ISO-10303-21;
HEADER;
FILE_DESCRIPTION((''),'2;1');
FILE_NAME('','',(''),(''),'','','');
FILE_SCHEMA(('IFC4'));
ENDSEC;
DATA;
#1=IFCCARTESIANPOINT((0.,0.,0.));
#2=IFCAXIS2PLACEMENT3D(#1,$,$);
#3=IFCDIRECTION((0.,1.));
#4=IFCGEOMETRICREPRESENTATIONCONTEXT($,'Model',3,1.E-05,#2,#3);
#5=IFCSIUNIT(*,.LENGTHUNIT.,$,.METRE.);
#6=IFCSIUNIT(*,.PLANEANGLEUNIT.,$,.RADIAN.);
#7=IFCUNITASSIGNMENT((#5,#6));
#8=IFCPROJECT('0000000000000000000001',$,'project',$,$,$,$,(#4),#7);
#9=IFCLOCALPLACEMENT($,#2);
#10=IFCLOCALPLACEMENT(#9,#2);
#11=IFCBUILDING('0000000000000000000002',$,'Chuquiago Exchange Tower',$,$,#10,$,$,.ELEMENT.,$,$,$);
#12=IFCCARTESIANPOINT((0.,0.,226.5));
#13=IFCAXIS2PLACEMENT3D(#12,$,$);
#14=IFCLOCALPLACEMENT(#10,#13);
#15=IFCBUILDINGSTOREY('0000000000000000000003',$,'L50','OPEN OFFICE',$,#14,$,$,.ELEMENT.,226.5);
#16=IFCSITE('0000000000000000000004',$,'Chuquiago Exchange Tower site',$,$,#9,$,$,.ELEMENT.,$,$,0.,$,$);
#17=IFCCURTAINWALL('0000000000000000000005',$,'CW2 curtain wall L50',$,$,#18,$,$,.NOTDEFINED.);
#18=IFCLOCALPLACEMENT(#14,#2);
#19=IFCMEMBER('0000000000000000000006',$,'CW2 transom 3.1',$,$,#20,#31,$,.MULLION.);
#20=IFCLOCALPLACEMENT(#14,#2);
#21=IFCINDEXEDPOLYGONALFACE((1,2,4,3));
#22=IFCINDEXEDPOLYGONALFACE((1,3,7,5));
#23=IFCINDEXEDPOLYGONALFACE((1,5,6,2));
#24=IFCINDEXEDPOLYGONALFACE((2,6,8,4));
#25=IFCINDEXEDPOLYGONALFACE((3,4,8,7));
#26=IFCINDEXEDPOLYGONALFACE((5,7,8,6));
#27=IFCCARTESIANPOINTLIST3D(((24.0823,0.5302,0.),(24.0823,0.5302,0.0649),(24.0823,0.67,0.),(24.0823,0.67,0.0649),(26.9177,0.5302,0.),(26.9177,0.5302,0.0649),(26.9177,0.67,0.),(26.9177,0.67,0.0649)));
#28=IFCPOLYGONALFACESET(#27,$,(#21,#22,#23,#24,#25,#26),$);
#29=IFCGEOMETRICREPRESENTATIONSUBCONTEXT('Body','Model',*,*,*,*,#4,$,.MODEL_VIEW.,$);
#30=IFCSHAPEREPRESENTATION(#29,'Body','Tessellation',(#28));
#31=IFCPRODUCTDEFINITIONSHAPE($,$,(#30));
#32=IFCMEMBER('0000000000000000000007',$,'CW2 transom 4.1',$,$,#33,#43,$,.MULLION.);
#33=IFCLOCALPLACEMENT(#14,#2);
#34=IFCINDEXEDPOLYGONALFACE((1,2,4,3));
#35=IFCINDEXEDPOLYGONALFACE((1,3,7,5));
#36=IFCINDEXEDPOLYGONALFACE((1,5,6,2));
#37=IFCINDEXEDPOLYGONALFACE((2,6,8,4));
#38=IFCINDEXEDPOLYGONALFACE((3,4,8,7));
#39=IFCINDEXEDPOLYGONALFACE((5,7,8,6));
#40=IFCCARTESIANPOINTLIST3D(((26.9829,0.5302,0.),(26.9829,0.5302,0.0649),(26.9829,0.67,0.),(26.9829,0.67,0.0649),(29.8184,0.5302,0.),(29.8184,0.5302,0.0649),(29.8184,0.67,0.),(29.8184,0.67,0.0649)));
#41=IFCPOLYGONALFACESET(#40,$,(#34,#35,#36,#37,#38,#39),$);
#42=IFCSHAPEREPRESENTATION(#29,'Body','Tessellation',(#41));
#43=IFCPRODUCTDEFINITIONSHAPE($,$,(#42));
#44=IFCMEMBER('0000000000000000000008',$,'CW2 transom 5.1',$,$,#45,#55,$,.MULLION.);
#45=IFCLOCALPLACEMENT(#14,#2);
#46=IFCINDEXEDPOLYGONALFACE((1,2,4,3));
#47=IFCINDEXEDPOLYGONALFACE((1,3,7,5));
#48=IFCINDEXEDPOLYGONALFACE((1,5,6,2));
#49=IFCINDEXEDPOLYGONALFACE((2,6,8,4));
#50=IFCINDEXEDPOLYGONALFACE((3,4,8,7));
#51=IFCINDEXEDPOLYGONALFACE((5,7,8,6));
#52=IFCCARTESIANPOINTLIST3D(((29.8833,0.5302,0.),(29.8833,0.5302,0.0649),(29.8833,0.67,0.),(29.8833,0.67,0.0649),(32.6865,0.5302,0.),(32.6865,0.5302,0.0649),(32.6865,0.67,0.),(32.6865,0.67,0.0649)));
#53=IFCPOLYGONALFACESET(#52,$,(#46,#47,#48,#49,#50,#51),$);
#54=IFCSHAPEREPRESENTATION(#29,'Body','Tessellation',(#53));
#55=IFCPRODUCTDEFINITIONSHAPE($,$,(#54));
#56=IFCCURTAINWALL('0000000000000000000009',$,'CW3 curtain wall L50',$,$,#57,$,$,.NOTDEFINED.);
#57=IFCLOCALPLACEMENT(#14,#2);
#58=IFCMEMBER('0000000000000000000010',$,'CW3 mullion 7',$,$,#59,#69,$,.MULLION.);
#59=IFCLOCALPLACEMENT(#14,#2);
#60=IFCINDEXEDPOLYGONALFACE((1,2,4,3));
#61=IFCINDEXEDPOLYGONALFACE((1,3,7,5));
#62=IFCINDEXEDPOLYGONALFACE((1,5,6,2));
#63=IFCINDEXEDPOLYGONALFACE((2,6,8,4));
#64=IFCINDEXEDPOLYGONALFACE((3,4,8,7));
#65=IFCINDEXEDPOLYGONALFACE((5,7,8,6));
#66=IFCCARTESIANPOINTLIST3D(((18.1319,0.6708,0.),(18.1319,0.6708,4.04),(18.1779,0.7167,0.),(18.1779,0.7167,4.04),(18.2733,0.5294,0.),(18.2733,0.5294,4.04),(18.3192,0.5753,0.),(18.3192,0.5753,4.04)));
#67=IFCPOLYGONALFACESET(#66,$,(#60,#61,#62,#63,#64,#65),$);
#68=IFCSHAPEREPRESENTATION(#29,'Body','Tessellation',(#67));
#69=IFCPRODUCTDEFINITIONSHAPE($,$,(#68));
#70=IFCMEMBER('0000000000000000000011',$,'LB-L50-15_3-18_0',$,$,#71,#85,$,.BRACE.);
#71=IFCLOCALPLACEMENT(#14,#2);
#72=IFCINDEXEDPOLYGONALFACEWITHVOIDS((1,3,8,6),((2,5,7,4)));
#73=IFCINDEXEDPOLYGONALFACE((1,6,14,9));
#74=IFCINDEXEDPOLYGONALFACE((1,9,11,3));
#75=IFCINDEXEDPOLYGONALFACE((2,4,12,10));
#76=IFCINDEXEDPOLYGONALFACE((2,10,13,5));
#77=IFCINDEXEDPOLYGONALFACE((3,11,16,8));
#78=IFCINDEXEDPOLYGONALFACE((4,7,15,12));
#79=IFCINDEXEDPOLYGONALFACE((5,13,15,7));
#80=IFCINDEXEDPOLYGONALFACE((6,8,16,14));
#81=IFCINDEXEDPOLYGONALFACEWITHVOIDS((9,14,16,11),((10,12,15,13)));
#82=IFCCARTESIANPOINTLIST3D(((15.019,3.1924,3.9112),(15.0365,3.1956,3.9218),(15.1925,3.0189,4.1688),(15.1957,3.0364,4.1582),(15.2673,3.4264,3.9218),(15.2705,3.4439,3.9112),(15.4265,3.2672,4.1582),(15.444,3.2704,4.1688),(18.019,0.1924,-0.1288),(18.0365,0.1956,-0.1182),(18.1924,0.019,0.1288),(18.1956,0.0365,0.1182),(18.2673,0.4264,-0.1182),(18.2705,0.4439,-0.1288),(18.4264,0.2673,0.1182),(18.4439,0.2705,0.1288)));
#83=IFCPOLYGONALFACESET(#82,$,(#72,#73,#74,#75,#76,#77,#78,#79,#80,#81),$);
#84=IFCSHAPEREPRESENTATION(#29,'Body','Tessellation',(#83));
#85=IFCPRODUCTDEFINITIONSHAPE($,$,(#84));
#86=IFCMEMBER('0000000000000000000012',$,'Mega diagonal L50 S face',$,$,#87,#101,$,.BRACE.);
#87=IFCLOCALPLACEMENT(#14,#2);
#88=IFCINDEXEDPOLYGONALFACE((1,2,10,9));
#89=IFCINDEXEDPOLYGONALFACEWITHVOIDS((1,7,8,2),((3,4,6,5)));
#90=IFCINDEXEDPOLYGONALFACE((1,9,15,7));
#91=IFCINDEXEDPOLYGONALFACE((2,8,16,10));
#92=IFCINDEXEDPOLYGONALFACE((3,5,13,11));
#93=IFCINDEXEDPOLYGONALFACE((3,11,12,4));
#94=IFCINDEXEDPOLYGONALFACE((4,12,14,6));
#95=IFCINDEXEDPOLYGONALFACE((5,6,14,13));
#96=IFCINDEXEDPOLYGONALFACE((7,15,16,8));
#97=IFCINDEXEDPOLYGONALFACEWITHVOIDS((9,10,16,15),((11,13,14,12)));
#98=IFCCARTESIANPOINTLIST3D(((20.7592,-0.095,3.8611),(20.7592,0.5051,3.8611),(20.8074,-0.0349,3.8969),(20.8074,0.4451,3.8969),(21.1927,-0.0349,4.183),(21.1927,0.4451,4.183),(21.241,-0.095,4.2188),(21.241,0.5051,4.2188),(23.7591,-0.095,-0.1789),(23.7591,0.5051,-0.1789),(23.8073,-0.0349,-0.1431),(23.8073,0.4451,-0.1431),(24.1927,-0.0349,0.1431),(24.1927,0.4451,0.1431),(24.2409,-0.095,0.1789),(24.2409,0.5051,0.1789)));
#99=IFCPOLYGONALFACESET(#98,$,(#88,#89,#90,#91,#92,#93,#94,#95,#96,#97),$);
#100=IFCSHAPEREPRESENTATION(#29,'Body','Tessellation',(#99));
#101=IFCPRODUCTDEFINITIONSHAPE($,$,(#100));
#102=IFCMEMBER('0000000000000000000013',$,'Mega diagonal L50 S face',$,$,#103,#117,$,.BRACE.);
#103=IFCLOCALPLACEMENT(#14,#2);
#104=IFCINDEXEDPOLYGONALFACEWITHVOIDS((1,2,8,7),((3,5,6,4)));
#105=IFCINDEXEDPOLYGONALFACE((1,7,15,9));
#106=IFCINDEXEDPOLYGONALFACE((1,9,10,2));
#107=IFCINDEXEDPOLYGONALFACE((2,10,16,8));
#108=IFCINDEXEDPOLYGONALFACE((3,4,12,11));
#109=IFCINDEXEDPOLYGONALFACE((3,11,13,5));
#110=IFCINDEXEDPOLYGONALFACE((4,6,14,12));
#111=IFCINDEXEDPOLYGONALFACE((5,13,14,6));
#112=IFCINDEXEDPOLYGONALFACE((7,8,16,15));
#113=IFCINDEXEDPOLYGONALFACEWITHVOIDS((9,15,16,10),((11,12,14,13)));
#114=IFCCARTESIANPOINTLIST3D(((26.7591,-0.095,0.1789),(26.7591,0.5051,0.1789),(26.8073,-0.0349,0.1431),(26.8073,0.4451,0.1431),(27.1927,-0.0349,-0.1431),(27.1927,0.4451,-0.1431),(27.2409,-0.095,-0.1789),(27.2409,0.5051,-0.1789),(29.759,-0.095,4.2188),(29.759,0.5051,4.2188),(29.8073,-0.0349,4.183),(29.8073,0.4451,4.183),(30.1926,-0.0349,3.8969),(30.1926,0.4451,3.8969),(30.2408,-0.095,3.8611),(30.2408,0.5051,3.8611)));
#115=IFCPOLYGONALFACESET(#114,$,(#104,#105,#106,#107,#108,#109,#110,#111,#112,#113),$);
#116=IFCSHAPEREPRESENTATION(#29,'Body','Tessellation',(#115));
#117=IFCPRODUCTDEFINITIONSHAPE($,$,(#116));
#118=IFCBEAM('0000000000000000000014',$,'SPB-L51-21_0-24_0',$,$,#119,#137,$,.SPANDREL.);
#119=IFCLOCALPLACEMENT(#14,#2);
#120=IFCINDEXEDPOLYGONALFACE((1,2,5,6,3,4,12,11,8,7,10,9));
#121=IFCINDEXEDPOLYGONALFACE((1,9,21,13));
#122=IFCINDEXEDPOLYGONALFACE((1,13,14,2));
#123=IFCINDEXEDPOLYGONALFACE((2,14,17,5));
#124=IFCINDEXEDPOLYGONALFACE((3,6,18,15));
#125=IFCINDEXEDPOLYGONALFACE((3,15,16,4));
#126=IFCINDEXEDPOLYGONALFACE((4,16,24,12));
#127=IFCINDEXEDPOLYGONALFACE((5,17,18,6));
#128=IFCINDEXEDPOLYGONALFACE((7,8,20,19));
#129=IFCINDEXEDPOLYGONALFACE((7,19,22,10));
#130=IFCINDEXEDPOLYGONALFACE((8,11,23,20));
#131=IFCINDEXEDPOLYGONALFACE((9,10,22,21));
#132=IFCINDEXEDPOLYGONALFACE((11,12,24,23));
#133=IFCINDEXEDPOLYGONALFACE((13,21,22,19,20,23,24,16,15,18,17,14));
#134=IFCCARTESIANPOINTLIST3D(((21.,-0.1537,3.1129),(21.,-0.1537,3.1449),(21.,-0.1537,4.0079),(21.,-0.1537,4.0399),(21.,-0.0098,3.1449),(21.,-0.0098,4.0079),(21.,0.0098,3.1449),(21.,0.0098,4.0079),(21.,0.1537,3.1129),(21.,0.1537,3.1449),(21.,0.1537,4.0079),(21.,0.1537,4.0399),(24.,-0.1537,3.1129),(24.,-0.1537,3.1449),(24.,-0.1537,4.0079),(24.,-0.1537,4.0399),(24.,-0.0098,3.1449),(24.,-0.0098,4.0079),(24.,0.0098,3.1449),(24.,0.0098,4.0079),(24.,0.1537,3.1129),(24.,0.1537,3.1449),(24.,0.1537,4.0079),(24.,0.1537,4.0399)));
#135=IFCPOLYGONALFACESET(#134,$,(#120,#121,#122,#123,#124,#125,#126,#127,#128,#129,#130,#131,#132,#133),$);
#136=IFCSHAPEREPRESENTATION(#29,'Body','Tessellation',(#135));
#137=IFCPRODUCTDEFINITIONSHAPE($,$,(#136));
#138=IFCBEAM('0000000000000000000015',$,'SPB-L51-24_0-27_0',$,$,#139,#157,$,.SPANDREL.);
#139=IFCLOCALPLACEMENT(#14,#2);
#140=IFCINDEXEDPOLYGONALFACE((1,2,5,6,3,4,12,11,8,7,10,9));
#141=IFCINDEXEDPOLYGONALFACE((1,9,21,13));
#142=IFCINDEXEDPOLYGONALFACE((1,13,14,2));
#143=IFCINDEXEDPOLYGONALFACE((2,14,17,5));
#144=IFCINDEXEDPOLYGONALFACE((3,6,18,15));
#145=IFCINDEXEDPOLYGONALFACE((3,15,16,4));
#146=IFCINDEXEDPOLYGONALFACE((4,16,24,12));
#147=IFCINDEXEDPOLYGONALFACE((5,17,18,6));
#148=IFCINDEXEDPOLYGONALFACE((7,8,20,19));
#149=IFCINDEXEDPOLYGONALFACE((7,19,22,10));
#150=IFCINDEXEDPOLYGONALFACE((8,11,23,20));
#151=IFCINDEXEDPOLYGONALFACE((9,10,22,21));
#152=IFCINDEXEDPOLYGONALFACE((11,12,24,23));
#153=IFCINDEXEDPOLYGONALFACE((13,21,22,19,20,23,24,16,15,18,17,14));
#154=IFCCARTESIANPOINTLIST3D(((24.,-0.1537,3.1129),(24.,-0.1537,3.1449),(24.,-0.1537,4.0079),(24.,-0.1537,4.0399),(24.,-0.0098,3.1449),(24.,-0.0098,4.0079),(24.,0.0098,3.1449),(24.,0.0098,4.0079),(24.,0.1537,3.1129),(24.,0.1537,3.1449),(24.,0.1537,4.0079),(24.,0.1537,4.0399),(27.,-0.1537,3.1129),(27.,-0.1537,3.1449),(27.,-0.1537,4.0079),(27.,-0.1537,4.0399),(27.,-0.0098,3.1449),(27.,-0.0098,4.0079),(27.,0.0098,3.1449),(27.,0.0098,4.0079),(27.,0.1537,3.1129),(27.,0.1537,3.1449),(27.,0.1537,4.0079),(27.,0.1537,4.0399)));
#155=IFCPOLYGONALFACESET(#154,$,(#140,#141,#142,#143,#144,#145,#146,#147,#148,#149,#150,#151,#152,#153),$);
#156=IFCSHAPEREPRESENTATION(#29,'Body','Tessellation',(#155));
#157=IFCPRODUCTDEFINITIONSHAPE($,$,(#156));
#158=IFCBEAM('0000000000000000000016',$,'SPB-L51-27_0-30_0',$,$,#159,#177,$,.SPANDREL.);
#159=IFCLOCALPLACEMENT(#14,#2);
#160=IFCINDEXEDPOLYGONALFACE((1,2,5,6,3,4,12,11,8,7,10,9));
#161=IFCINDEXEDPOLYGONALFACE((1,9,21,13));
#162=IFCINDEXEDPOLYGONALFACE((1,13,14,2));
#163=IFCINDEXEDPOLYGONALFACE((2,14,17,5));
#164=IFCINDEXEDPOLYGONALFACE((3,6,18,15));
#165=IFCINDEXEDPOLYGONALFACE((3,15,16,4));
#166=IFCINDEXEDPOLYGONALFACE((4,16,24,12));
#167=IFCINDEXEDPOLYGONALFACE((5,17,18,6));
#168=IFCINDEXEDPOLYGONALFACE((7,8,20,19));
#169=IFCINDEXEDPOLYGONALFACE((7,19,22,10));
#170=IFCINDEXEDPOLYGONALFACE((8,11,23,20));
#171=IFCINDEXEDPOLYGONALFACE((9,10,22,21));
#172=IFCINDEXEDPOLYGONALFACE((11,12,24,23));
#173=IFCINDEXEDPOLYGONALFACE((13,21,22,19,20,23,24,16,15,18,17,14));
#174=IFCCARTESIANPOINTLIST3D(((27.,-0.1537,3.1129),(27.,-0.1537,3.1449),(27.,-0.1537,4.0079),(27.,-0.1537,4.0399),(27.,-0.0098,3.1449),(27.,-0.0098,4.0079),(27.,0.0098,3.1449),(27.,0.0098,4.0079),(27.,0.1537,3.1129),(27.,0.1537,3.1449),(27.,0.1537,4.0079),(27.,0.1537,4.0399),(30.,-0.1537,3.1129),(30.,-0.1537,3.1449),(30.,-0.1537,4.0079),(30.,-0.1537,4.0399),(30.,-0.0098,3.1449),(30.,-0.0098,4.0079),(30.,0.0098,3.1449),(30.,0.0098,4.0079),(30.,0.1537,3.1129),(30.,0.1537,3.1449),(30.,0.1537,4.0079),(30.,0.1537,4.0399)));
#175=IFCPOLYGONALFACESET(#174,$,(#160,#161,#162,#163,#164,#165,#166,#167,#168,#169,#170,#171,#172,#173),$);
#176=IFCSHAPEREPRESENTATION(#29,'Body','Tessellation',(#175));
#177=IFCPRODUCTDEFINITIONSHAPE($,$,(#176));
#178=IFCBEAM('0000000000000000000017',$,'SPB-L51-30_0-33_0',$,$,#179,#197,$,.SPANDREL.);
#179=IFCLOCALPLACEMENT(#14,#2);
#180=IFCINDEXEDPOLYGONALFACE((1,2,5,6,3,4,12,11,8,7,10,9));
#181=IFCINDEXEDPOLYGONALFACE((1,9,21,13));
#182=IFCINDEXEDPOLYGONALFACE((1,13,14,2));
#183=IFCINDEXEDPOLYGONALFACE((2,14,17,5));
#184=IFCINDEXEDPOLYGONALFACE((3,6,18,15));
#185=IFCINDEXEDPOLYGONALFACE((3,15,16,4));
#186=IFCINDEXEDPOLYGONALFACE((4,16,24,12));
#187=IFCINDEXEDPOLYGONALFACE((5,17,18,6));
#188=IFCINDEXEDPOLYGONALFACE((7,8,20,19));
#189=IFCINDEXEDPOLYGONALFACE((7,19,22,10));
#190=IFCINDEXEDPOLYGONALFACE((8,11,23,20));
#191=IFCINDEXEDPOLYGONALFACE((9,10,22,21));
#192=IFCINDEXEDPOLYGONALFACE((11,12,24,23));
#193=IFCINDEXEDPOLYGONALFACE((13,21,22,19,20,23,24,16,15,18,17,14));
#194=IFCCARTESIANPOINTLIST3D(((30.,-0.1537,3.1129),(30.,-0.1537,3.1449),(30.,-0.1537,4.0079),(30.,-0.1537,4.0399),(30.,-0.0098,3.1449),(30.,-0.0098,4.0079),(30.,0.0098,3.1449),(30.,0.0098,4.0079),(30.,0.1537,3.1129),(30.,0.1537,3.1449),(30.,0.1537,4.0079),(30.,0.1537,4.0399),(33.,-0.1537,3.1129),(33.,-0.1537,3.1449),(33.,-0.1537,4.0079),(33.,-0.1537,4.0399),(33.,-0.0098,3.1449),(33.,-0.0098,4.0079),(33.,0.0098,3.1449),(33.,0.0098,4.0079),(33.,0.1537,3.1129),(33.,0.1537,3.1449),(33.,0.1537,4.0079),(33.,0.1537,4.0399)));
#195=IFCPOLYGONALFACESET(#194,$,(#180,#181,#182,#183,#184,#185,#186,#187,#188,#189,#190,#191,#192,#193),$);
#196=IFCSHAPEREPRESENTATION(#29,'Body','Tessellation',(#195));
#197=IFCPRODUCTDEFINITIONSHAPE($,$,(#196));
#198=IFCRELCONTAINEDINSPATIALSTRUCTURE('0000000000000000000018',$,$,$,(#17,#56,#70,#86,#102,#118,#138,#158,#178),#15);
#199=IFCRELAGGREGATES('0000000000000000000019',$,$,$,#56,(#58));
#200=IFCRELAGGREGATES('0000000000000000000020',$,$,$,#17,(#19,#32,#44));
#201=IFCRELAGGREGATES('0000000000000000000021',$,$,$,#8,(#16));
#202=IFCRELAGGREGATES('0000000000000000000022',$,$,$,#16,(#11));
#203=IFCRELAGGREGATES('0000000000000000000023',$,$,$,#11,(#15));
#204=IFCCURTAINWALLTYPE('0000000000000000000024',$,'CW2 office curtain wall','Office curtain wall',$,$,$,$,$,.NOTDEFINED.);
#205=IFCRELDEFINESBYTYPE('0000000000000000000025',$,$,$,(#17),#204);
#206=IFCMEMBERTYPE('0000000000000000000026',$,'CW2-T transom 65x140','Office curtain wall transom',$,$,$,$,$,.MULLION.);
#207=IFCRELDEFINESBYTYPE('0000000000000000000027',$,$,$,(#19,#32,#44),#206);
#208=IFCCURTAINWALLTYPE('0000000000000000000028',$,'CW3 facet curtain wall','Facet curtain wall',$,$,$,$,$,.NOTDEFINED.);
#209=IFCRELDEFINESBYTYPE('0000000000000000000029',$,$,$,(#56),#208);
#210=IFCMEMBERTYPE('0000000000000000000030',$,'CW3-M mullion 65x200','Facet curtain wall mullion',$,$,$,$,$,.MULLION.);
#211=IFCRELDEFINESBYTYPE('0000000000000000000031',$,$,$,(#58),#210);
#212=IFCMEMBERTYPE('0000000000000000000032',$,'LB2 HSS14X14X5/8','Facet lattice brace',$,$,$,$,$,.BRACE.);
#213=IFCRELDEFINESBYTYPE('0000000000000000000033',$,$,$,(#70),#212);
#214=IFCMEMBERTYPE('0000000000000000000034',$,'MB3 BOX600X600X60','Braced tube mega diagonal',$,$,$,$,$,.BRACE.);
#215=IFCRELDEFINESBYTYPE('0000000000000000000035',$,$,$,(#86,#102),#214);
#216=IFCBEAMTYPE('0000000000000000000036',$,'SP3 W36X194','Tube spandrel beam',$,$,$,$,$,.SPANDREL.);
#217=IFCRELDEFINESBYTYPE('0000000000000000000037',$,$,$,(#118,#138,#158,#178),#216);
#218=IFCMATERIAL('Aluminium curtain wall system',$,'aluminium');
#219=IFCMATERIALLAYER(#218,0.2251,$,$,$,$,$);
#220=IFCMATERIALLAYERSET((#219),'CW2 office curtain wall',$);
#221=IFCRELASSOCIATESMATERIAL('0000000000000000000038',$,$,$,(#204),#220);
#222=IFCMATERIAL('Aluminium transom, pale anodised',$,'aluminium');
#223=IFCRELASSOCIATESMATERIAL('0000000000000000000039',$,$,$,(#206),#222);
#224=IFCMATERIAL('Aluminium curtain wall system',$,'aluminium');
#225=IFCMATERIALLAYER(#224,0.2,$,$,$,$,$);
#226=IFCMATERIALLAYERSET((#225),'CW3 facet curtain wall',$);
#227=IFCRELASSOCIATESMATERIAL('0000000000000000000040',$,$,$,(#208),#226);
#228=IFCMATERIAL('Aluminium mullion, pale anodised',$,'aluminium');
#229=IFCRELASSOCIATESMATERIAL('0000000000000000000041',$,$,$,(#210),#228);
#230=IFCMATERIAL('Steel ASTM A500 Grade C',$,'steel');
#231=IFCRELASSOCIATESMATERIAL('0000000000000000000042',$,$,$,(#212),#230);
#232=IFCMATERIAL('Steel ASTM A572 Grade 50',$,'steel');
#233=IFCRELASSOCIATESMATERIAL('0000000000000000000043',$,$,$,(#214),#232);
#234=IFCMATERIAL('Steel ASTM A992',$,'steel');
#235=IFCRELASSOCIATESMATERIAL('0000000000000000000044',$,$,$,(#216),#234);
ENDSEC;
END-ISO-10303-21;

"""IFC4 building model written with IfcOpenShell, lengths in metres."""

from ifc_helpers import new_model, si_unit, direction, frame, origin, origin_2d, place, context, subcontext, project, spatial, rectangle, hollow_rectangle, i_section, extrude, material, layer, layer_set, material_profile, profile_set, type_object, element, aggregate, save


model = new_model("IFC4")

# Units and contexts
model_context = context("Model", 3, precision=1e-05, world=origin(), true_north=direction((0.0, 1.0)))
body_context = subcontext(model_context, "Body", "Model", "MODEL_VIEW")
ifc_project = project(units=[si_unit("LENGTHUNIT", "METRE"), si_unit("PLANEANGLEUNIT", "RADIAN")], contexts=[model_context])

# Site, building, storey
site_placement = place(None, origin())
site = spatial("IfcSite", under=ifc_project, at=site_placement, Name="Chuquiago Exchange Tower site", CompositionType="ELEMENT", RefElevation=0.0)
building_placement = place(site_placement, origin())
building = spatial("IfcBuilding", under=site, at=building_placement, Name="Chuquiago Exchange Tower", CompositionType="ELEMENT")
storey_placement = place(building_placement, frame((0.0, 0.0, 226.5)))
storey = spatial("IfcBuildingStorey", under=building, at=storey_placement, Name="L50", Description="OPEN OFFICE", CompositionType="ELEMENT", Elevation=226.5)

# Curtain wall, members
ifc_material_1 = material(Name="Aluminium curtain wall system", Category="aluminium")
ifc_layer_1 = layer(ifc_material_1, 0.2251)
ifc_layer_set_1 = layer_set([ifc_layer_1], Name="CW2 office curtain wall")
curtain_wall_type_1 = type_object("IfcCurtainWallType", Name="CW2 office curtain wall", Description="Office curtain wall", PredefinedType="NOTDEFINED", material=ifc_layer_set_1)
curtain_wall_1_placement = place(storey_placement, origin())
curtain_wall_1 = element("IfcCurtainWall", 1, at=curtain_wall_1_placement, inside=storey, type_object=curtain_wall_type_1, Name="CW2 curtain wall L50", PredefinedType="NOTDEFINED")
ifc_material_2 = material(Name="Aluminium transom, pale anodised", Category="aluminium")
ifc_material_profile_1 = material_profile(ifc_material_2, rectangle(XDim=0.1399, YDim=0.0649, at=origin_2d()), Name="AL 140x65")
ifc_profile_set_1 = profile_set([ifc_material_profile_1], Name="Aluminium transom, pale anodised")
member_type_1 = type_object("IfcMemberType", Name="CW2-T transom 65x140", Description="Office curtain wall transom", PredefinedType="MULLION", material=ifc_profile_set_1)
member_1_placement = place(storey_placement, frame((24.0823, 0.6001, 0.0325), z_axis=(1.0, 0.0, 0.0), x_axis=(0.0, 1.0, 0.0)))
member_1 = element("IfcMember", 2, at=member_1_placement, type_object=member_type_1, Name="CW2 transom 3.1", PredefinedType="MULLION", context=body_context, shape_type="SweptSolid", body=[
    extrude(rectangle(XDim=0.1399, YDim=0.0649, at=origin_2d()), origin(), (0.0, 0.0, 1.0), 2.8354),
])
member_2_placement = place(storey_placement, frame((26.9829, 0.6001, 0.0325), z_axis=(1.0, 0.0, 0.0), x_axis=(0.0, 1.0, 0.0)))
member_2 = element("IfcMember", 3, at=member_2_placement, type_object=member_type_1, Name="CW2 transom 4.1", PredefinedType="MULLION", context=body_context, shape_type="SweptSolid", body=[
    extrude(rectangle(XDim=0.1399, YDim=0.0649, at=origin_2d()), origin(), (0.0, 0.0, 1.0), 2.8354),
])
member_3_placement = place(storey_placement, frame((29.8833, 0.6001, 0.0325), z_axis=(1.0, 0.0, 0.0), x_axis=(0.0, 1.0, 0.0)))
member_3 = element("IfcMember", 4, at=member_3_placement, type_object=member_type_1, Name="CW2 transom 5.1", PredefinedType="MULLION", context=body_context, shape_type="SweptSolid", body=[
    extrude(rectangle(XDim=0.1399, YDim=0.0649, at=origin_2d()), origin(), (0.0, 0.0, 1.0), 2.8032),
])

# Curtain wall, member
ifc_material_3 = material(Name="Aluminium curtain wall system", Category="aluminium")
ifc_layer_2 = layer(ifc_material_3, 0.2)
ifc_layer_set_2 = layer_set([ifc_layer_2], Name="CW3 facet curtain wall")
curtain_wall_type_2 = type_object("IfcCurtainWallType", Name="CW3 facet curtain wall", Description="Facet curtain wall", PredefinedType="NOTDEFINED", material=ifc_layer_set_2)
curtain_wall_2_placement = place(storey_placement, origin())
curtain_wall_2 = element("IfcCurtainWall", 5, at=curtain_wall_2_placement, inside=storey, type_object=curtain_wall_type_2, Name="CW3 curtain wall L50", PredefinedType="NOTDEFINED")
ifc_material_4 = material(Name="Aluminium mullion, pale anodised", Category="aluminium")
ifc_material_profile_2 = material_profile(ifc_material_4, rectangle(XDim=0.0649, YDim=0.2, at=origin_2d()), Name="AL 65x200")
ifc_profile_set_2 = profile_set([ifc_material_profile_2], Name="Aluminium mullion, pale anodised")
member_type_2 = type_object("IfcMemberType", Name="CW3-M mullion 65x200", Description="Facet curtain wall mullion", PredefinedType="MULLION", material=ifc_profile_set_2)
member_4_placement = place(storey_placement, frame((18.2256, 0.623, 0.0), z_axis=(0.0, 0.0, 1.0), x_axis=(0.707107, 0.707107, 0.0)))
member_4 = element("IfcMember", 6, at=member_4_placement, type_object=member_type_2, Name="CW3 mullion 7", PredefinedType="MULLION", context=body_context, shape_type="SweptSolid", body=[
    extrude(rectangle(XDim=0.0649, YDim=0.2, at=origin_2d()), origin(), (0.0, 0.0, 1.0), 4.04),
])
aggregate(curtain_wall_2, [member_4])

# Members
ifc_material_5 = material(Name="Steel ASTM A500 Grade C", Category="steel")
ifc_material_profile_3 = material_profile(ifc_material_5, hollow_rectangle(XDim=0.3557, YDim=0.3557, WallThickness=0.0146, at=origin_2d()), Name="HSS14X14X5/8")
ifc_profile_set_3 = profile_set([ifc_material_profile_3], Name="Steel ASTM A500 Grade C")
member_type_3 = type_object("IfcMemberType", Name="LB2 HSS14X14X5/8", Description="Facet lattice brace", PredefinedType="BRACE", material=ifc_profile_set_3)
member_5_placement = place(storey_placement, frame((18.2314, 0.2314, 0.0), z_axis=(-0.512077, 0.512077, 0.689604), x_axis=(-0.707107, -0.707107, 0.0)))
element("IfcMember", 7, at=member_5_placement, inside=storey, type_object=member_type_3, Name="LB-L50-15_3-18_0", PredefinedType="BRACE", context=body_context, shape_type="SweptSolid", body=[
    extrude(hollow_rectangle(XDim=0.3557, YDim=0.3557, WallThickness=0.0146, at=origin_2d()), origin(), (0.0, 0.0, 1.0), 5.8584),
])
ifc_material_6 = material(Name="Steel ASTM A572 Grade 50", Category="steel")
ifc_material_profile_4 = material_profile(ifc_material_6, hollow_rectangle(XDim=0.6001, YDim=0.6001, WallThickness=0.0601, at=origin_2d()), Name="BOX600X600X60")
ifc_profile_set_4 = profile_set([ifc_material_profile_4], Name="Steel ASTM A572 Grade 50")
member_type_4 = type_object("IfcMemberType", Name="MB3 BOX600X600X60", Description="Braced tube mega diagonal", PredefinedType="BRACE", material=ifc_profile_set_4)
for number, where, z_axis, x_axis, name in (
    (8, (24.0, 0.2051, 0.0), (-0.596174, 0.0, 0.802855), (0.0, -1.0, 0.0), "Mega diagonal L50 S face"),
    (9, (27.0, 0.2051, 0.0), (0.596174, 0.0, 0.802855), (0.0, 1.0, 0.0), "Mega diagonal L50 S face"),
):
    element("IfcMember", number, at=place(storey_placement, frame(where, z_axis=z_axis, x_axis=x_axis)), inside=storey, type_object=member_type_4, Name=name, PredefinedType="BRACE", context=body_context, shape_type="SweptSolid", body=[
        extrude(hollow_rectangle(XDim=0.6001, YDim=0.6001, WallThickness=0.0601, at=origin_2d()), origin(), (0.0, 0.0, 1.0), 5.032),
    ])

# Beams
ifc_material_7 = material(Name="Steel ASTM A992", Category="steel")
ifc_material_profile_5 = material_profile(ifc_material_7, i_section(OverallWidth=0.3074, OverallDepth=0.927, WebThickness=0.0195, FlangeThickness=0.032, at=origin_2d()), Name="W36X194")
ifc_profile_set_5 = profile_set([ifc_material_profile_5], Name="Steel ASTM A992")
beam_type = type_object("IfcBeamType", Name="SP3 W36X194", Description="Tube spandrel beam", PredefinedType="SPANDREL", material=ifc_profile_set_5)
for number, where, z_axis, x_axis, name in (
    (10, (21.0, 0.0, 3.5764), (1.0, 0.0, 0.0), (0.0, 1.0, 0.0), "SPB-L51-21_0-24_0"),
    (11, (24.0, 0.0, 3.5764), (1.0, 0.0, 0.0), (0.0, 1.0, 0.0), "SPB-L51-24_0-27_0"),
    (12, (27.0, 0.0, 3.5764), (1.0, 0.0, 0.0), (0.0, 1.0, 0.0), "SPB-L51-27_0-30_0"),
    (13, (30.0, 0.0, 3.5764), (1.0, 0.0, 0.0), (0.0, 1.0, 0.0), "SPB-L51-30_0-33_0"),
):
    element("IfcBeam", number, at=place(storey_placement, frame(where, z_axis=z_axis, x_axis=x_axis)), inside=storey, type_object=beam_type, Name=name, PredefinedType="SPANDREL", context=body_context, shape_type="SweptSolid", body=[
        extrude(i_section(OverallWidth=0.3074, OverallDepth=0.927, WebThickness=0.0195, FlangeThickness=0.032, at=origin_2d()), origin(), (0.0, 0.0, 1.0), 3.0),
    ])

aggregate(curtain_wall_1, [member_1, member_2, member_3])

save(model, "model.ifc")
